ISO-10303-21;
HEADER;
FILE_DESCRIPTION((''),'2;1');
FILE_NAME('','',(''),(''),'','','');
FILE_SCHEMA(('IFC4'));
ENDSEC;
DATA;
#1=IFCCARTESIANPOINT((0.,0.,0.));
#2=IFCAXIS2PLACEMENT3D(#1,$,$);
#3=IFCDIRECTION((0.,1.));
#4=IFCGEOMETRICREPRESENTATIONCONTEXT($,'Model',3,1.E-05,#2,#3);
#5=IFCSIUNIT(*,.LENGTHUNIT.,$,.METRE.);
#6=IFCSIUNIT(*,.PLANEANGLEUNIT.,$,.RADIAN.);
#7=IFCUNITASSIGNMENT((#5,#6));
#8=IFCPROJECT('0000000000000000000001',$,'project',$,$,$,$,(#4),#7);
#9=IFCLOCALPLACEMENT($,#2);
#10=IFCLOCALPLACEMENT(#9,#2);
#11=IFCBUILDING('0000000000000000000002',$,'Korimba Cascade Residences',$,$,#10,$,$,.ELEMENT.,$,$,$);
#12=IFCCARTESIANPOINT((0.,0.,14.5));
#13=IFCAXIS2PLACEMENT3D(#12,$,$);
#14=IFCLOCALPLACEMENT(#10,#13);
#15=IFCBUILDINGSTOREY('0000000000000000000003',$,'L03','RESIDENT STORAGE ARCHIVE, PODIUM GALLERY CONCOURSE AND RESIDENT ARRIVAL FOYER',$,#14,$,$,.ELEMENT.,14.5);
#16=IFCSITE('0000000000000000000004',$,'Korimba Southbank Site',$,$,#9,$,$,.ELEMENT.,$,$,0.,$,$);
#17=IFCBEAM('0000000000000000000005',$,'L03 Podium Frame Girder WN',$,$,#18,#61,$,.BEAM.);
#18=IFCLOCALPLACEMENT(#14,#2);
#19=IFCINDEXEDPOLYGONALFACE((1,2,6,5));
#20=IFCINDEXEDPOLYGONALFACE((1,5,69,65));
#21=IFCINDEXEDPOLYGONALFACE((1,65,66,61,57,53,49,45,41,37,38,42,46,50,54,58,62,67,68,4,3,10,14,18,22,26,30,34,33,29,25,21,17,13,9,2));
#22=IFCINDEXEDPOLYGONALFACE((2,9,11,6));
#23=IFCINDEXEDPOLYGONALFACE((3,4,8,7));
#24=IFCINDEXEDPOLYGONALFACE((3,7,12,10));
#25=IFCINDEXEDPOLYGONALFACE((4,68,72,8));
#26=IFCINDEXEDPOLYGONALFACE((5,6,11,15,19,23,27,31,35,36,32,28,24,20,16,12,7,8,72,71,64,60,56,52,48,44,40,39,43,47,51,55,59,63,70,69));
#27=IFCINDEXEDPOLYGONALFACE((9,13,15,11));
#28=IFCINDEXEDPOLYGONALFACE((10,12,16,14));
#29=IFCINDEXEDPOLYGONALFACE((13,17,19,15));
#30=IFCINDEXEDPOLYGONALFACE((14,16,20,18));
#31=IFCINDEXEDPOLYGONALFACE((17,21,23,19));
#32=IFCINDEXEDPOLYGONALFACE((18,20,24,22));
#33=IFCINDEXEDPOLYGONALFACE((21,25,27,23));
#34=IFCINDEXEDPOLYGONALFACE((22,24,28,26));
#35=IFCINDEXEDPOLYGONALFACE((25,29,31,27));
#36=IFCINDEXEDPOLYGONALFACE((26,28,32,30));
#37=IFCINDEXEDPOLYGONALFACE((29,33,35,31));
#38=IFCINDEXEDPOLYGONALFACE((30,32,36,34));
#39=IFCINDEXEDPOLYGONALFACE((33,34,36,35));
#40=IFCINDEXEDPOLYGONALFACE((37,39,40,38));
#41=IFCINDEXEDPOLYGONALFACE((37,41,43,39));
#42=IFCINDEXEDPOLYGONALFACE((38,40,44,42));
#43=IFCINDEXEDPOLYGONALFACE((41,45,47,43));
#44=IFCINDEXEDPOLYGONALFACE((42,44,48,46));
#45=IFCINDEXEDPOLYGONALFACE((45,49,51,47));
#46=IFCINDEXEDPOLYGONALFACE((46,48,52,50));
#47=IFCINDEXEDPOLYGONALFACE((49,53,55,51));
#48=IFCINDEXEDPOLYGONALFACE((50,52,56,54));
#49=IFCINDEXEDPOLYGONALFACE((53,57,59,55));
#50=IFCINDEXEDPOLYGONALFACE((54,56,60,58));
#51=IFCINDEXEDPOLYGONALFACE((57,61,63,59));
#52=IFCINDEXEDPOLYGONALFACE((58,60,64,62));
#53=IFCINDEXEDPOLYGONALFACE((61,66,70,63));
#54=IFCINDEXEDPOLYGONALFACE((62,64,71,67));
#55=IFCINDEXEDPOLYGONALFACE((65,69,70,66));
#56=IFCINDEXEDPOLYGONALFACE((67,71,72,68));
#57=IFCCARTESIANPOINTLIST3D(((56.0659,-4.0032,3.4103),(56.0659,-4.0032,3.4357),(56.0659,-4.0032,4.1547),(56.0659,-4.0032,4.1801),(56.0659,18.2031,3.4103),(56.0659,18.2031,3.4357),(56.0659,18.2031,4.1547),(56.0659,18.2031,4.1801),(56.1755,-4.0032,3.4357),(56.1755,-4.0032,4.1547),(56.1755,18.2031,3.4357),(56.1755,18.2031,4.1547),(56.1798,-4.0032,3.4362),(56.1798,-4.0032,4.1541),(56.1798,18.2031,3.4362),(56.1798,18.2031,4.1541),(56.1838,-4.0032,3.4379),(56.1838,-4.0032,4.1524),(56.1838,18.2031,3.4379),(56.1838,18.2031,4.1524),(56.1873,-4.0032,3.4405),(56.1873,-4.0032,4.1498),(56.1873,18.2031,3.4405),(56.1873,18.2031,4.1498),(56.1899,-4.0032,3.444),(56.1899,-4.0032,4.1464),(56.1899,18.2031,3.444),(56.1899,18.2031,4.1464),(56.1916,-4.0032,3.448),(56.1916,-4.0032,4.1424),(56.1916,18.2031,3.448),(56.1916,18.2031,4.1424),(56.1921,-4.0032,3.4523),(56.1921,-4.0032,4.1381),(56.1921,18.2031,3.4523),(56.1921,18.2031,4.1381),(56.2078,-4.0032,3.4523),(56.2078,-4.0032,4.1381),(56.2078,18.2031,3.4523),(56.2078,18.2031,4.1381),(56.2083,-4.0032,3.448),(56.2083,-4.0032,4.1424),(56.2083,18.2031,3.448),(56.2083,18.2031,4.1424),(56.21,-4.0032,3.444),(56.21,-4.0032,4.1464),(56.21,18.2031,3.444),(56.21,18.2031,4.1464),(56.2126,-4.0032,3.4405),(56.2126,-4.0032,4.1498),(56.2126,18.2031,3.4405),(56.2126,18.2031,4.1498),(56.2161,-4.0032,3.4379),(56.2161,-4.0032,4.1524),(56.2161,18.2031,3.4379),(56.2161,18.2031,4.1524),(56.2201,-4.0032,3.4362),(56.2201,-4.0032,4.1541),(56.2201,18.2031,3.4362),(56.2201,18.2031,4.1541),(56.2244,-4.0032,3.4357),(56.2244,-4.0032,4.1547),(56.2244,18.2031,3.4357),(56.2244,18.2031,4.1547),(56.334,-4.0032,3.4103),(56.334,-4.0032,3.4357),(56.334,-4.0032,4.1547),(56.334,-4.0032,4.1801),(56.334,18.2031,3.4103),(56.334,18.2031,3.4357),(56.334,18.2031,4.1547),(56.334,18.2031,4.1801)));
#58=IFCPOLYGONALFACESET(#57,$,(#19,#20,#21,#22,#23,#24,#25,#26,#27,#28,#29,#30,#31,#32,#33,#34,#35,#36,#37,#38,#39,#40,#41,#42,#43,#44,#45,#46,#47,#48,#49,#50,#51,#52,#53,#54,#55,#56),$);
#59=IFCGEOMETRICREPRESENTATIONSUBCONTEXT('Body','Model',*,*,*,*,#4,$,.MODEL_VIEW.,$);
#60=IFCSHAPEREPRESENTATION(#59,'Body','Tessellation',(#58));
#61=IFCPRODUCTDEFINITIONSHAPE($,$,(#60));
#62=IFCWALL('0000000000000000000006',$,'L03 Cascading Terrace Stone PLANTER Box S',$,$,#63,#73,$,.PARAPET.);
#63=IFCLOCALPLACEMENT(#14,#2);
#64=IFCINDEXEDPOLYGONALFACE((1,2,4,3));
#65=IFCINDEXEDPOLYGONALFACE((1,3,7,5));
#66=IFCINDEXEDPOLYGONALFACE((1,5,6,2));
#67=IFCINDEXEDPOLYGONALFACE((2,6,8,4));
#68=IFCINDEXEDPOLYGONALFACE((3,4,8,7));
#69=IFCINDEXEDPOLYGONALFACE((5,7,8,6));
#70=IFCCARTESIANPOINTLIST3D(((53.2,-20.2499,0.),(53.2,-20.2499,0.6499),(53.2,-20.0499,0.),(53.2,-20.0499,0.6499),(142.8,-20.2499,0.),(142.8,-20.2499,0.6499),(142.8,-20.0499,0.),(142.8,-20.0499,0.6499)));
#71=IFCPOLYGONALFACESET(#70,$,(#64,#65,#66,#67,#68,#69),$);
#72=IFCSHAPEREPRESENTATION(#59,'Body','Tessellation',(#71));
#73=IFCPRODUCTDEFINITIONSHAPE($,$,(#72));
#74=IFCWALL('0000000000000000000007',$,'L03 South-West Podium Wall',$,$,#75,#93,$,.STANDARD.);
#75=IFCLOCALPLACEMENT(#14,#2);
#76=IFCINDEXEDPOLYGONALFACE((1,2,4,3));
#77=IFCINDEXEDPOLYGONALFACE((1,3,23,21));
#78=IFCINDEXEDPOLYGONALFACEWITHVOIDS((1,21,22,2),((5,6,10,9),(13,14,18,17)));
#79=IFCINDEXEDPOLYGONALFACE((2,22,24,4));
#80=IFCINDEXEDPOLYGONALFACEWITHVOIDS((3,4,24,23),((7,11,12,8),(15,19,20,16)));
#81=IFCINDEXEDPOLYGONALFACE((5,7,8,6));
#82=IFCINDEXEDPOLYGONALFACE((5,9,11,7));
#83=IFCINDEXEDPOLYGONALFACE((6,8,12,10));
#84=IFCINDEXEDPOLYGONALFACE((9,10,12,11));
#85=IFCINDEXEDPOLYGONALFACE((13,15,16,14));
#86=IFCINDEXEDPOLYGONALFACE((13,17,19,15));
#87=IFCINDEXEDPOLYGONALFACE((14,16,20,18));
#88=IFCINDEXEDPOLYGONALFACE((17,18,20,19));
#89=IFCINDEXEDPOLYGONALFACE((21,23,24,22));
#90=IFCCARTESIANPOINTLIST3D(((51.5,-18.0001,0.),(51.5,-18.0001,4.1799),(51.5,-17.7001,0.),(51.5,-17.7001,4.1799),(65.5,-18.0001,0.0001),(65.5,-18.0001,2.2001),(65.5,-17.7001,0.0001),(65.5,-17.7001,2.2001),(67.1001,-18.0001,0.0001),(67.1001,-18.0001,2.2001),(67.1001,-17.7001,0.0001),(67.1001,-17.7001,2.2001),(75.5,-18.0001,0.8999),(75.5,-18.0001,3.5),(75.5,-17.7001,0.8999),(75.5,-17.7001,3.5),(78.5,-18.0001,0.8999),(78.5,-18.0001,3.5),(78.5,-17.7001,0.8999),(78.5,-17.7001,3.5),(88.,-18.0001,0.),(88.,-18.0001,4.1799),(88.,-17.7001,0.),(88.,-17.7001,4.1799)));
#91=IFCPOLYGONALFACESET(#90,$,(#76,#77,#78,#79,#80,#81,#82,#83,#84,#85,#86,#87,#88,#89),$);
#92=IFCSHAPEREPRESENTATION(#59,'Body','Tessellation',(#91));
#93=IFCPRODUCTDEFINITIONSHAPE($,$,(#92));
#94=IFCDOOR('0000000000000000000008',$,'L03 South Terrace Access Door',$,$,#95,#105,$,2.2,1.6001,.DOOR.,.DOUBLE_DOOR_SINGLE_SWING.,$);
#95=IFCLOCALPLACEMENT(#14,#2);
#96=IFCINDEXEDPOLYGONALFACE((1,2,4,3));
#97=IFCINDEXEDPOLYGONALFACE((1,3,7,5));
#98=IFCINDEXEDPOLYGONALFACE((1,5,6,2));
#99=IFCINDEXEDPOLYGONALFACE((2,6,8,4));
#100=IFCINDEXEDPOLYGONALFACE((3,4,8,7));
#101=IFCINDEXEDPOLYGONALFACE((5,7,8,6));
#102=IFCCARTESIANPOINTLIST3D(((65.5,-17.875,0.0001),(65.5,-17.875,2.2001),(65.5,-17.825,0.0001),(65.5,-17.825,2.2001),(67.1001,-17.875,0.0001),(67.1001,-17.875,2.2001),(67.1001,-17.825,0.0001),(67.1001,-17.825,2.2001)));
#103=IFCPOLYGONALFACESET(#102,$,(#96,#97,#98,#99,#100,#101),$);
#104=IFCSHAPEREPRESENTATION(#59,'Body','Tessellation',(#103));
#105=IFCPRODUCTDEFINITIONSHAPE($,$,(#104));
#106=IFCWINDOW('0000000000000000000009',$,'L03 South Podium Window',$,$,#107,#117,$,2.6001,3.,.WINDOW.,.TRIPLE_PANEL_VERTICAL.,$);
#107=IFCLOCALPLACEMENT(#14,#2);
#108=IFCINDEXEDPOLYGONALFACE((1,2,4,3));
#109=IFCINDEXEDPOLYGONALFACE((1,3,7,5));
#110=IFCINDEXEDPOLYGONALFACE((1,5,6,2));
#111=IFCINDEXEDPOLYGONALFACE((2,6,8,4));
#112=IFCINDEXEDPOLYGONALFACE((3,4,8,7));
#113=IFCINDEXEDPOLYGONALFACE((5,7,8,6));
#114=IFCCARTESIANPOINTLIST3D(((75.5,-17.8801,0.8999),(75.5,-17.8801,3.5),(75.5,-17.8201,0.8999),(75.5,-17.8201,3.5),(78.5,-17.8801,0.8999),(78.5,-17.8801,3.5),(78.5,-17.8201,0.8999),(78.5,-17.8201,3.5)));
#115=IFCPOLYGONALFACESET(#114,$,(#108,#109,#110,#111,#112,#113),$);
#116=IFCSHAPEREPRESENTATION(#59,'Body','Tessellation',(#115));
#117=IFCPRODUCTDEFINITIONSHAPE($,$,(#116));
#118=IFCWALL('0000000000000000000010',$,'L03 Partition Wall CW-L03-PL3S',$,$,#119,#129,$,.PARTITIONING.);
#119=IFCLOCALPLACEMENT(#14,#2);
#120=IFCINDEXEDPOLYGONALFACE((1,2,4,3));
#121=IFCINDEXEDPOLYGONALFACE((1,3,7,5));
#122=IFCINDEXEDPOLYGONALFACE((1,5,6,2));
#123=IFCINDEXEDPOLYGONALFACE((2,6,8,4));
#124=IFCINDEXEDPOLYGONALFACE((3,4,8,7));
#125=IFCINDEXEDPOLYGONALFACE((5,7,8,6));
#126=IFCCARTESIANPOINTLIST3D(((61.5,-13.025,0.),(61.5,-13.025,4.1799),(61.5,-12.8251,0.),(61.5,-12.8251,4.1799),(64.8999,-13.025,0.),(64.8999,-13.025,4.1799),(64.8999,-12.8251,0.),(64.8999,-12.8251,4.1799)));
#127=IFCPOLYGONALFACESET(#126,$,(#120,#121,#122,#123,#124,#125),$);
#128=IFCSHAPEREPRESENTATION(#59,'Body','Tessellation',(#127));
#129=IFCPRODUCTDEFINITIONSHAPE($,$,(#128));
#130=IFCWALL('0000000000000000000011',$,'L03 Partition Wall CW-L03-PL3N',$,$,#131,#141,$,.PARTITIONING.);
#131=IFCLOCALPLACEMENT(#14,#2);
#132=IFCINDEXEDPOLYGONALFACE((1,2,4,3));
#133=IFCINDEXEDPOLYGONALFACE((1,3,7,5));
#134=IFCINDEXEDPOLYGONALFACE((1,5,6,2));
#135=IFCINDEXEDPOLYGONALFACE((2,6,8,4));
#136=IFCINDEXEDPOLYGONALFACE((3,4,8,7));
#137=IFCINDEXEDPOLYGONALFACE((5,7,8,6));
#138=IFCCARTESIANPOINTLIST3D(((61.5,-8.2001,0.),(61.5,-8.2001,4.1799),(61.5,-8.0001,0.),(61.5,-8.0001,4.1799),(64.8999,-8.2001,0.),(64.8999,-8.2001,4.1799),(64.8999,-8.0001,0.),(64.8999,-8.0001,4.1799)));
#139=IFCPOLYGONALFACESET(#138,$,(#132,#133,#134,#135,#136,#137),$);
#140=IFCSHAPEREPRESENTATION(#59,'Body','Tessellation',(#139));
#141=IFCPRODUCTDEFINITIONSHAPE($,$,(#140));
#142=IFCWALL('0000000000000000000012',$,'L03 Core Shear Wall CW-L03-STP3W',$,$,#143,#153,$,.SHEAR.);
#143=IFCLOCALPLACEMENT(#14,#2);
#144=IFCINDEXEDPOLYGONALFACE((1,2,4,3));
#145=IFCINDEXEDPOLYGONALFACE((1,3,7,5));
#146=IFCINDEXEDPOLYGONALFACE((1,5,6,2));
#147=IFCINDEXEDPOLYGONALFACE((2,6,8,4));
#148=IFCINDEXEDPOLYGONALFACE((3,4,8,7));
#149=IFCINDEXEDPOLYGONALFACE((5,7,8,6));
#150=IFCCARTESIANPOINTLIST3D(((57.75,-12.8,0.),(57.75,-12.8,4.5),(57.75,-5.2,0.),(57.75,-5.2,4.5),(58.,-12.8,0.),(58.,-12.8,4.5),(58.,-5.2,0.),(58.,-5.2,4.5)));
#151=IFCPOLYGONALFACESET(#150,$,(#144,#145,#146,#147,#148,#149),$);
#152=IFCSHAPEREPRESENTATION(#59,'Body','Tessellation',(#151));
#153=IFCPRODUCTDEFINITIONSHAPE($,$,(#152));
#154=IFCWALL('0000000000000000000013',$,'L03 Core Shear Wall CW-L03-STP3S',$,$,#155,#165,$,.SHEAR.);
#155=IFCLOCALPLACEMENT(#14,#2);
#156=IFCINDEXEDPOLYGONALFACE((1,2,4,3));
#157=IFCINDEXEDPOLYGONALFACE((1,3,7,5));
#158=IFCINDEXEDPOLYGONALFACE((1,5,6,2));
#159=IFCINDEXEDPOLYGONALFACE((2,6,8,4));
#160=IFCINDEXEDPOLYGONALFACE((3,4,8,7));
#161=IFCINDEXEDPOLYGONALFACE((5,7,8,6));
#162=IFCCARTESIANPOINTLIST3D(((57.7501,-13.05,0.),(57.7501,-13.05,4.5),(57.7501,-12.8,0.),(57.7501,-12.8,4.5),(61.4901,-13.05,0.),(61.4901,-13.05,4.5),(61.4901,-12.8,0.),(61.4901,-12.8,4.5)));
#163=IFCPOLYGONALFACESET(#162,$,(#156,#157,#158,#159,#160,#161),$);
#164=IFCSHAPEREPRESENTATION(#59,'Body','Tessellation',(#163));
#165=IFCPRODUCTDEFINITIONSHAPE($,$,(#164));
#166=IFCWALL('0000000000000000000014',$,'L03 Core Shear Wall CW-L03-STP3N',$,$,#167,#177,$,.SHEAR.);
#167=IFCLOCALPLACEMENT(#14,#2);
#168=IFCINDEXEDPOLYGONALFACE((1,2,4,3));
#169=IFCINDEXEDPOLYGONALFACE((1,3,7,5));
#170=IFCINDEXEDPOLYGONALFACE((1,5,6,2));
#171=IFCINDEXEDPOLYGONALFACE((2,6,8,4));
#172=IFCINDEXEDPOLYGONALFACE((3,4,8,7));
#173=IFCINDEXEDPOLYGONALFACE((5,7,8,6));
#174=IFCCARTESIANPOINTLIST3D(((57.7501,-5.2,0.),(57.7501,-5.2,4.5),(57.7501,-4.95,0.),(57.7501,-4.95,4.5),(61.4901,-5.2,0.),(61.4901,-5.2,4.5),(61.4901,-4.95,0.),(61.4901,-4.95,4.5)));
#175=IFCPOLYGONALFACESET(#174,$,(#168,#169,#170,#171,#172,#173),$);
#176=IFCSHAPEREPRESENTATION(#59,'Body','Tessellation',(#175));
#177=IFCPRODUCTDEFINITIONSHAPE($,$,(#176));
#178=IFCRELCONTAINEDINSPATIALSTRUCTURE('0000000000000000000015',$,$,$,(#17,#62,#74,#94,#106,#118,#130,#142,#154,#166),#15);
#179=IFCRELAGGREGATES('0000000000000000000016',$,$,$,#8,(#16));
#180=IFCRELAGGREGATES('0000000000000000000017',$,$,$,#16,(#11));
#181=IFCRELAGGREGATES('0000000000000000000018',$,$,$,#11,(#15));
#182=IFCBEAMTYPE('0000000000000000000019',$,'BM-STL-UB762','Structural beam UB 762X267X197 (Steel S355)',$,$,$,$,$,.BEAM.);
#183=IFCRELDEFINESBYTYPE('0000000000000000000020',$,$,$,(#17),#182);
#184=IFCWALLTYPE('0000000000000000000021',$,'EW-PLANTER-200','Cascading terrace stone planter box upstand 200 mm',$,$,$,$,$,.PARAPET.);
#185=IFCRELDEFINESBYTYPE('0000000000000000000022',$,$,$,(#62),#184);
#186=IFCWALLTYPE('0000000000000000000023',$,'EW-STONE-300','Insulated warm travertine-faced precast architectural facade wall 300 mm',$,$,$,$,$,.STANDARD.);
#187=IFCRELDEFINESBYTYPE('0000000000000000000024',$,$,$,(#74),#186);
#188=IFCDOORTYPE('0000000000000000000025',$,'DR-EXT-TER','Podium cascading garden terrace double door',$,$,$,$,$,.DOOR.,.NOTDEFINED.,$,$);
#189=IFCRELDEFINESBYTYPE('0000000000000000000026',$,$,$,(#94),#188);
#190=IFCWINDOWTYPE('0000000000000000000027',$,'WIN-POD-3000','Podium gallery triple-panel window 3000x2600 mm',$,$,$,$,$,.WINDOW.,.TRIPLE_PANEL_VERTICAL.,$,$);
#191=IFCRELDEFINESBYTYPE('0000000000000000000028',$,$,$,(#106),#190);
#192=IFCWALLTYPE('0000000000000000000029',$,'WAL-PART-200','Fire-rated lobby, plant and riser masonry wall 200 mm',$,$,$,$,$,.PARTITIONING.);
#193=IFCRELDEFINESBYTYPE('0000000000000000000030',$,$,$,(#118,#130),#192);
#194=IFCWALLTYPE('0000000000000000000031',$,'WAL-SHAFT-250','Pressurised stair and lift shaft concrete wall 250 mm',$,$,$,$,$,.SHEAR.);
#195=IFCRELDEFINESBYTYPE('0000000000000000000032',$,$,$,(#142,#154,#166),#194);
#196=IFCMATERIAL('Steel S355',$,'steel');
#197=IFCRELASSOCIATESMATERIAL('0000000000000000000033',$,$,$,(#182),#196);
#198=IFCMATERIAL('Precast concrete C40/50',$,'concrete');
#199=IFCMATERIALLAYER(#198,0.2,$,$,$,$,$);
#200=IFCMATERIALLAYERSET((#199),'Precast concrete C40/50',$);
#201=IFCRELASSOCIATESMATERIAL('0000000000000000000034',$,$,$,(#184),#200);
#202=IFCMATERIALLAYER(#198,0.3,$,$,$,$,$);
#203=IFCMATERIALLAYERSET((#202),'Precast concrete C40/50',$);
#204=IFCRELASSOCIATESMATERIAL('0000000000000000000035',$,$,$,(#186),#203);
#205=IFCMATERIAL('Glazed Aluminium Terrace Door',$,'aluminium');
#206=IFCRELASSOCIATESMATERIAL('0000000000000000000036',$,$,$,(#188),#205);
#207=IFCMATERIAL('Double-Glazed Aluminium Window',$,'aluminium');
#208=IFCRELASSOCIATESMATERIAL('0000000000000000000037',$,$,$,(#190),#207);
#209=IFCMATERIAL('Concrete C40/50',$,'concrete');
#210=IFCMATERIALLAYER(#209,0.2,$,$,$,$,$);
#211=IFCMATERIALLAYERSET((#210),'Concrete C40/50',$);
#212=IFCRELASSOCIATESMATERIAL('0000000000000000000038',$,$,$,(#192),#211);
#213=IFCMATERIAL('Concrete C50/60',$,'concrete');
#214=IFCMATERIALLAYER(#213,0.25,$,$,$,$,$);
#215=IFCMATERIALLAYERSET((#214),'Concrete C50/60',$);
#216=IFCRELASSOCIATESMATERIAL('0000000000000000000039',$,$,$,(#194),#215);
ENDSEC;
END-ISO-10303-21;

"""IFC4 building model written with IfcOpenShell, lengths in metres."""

from ifc_helpers import new_model, si_unit, direction, frame, frame_2d, origin, origin_2d, place, context, subcontext, project, spatial, rectangle, i_section, extrude, material, layer, layer_set, material_profile, profile_set, type_object, element, fill, save


model = new_model("IFC4")

# Units and contexts
model_context = context("Model", 3, precision=1e-05, world=origin(), true_north=direction((0.0, 1.0)))
body_context = subcontext(model_context, "Body", "Model", "MODEL_VIEW")
ifc_project = project(units=[si_unit("LENGTHUNIT", "METRE"), si_unit("PLANEANGLEUNIT", "RADIAN")], contexts=[model_context])

# Site, building, storey
site_placement = place(None, origin())
site = spatial("IfcSite", under=ifc_project, at=site_placement, Name="Korimba Southbank Site", CompositionType="ELEMENT", RefElevation=0.0)
building_placement = place(site_placement, origin())
building = spatial("IfcBuilding", under=site, at=building_placement, Name="Korimba Cascade Residences", CompositionType="ELEMENT")
storey_placement = place(building_placement, frame((0.0, 0.0, 14.5)))
storey = spatial("IfcBuildingStorey", under=building, at=storey_placement, Name="L03", Description="RESIDENT STORAGE ARCHIVE, PODIUM GALLERY CONCOURSE AND RESIDENT ARRIVAL FOYER", CompositionType="ELEMENT", Elevation=14.5)

# Shared definitions
ifc_material_1 = material(Name="Steel S355", Category="steel")

# Beam
ifc_material_profile_1 = material_profile(ifc_material_1, i_section(OverallWidth=0.2681, OverallDepth=0.7698, WebThickness=0.0156, FlangeThickness=0.0254, FilletRadius=0.0166, at=origin_2d()), Name="Steel S355")
ifc_profile_set_1 = profile_set([ifc_material_profile_1], Name="Steel S355")
beam_type = type_object("IfcBeamType", Name="BM-STL-UB762", Description="Structural beam UB 762X267X197 (Steel S355)", PredefinedType="BEAM", material=ifc_profile_set_1)
beam_placement = place(storey_placement, frame((56.2, -4.0032, 3.7952), z_axis=(0.0, 1.0, 0.0), x_axis=(-1.0, 0.0, 0.0)))
element("IfcBeam", 1, at=beam_placement, inside=storey, type_object=beam_type, Name="L03 Podium Frame Girder WN", PredefinedType="BEAM", context=body_context, shape_type="SweptSolid", body=[
    extrude(i_section(OverallWidth=0.2681, OverallDepth=0.7698, WebThickness=0.0156, FlangeThickness=0.0254, FilletRadius=0.0166, at=origin_2d()), origin(), (0.0, 0.0, 1.0), 22.2063),
])

# Wall
ifc_material_2 = material(Name="Precast concrete C40/50", Category="concrete")
ifc_layer_1 = layer(ifc_material_2, 0.2)
ifc_layer_set_1 = layer_set([ifc_layer_1], Name="Precast concrete C40/50")
wall_type_1 = type_object("IfcWallType", Name="EW-PLANTER-200", Description="Cascading terrace stone planter box upstand 200 mm", PredefinedType="PARAPET", material=ifc_layer_set_1)
wall_1_placement = place(storey_placement, frame((53.2, -20.1499, 0.0), z_axis=(0.0, 0.0, 1.0), x_axis=(1.0, 0.0, 0.0)))
element("IfcWall", 2, at=wall_1_placement, inside=storey, type_object=wall_type_1, Name="L03 Cascading Terrace Stone PLANTER Box S", PredefinedType="PARAPET", context=body_context, shape_type="SweptSolid", body=[
    extrude(rectangle(XDim=89.6001, YDim=0.2, at=frame_2d((44.8, 0.0))), origin(), (0.0, 0.0, 1.0), 0.6499),
])

# Wall, openings, door, window
ifc_layer_2 = layer(ifc_material_2, 0.3)
ifc_layer_set_2 = layer_set([ifc_layer_2], Name="Precast concrete C40/50")
wall_type_2 = type_object("IfcWallType", Name="EW-STONE-300", Description="Insulated warm travertine-faced precast architectural facade wall 300 mm", PredefinedType="STANDARD", material=ifc_layer_set_2)
wall_2_placement = place(storey_placement, frame((51.5, -17.8501, 0.0), z_axis=(0.0, 0.0, 1.0), x_axis=(1.0, 0.0, 0.0)))
wall_2 = element("IfcWall", 3, at=wall_2_placement, inside=storey, type_object=wall_type_2, Name="L03 South-West Podium Wall", PredefinedType="STANDARD", context=body_context, shape_type="SweptSolid", body=[
    extrude(rectangle(XDim=36.5, YDim=0.3, at=frame_2d((18.25, 0.0))), origin(), (0.0, 0.0, 1.0), 4.1799),
])
opening_1_placement = place(wall_2_placement, frame((14.0, 0.0, 0.0)))
opening_1 = element("IfcOpeningElement", 4, at=opening_1_placement, cuts=wall_2, PredefinedType="OPENING", context=body_context, shape_type="SweptSolid", body=[
    extrude(rectangle(XDim=1.6001, YDim=2.2, at=frame_2d((0.8, 1.1001))), frame((0.0, 0.1602, 0.0), z_axis=(0.0, -1.0, 0.0), x_axis=(1.0, 0.0, 0.0)), (0.0, 0.0, 1.0), 0.3201),
])
opening_2_placement = place(wall_2_placement, frame((24.0, 0.0, 0.8999)))
opening_2 = element("IfcOpeningElement", 5, at=opening_2_placement, cuts=wall_2, PredefinedType="OPENING", context=body_context, shape_type="SweptSolid", body=[
    extrude(rectangle(XDim=3.0, YDim=2.6001, at=frame_2d((1.5, 1.3))), frame((0.0, 0.1602, 0.0), z_axis=(0.0, -1.0, 0.0), x_axis=(1.0, 0.0, 0.0)), (0.0, 0.0, 1.0), 0.3201),
])
ifc_material_3 = material(Name="Glazed Aluminium Terrace Door", Category="aluminium")
door_type_1 = type_object("IfcDoorType", Name="DR-EXT-TER", Description="Podium cascading garden terrace double door", OperationType="NOTDEFINED", PredefinedType="DOOR", material=ifc_material_3)
door_1_placement = place(opening_1_placement, frame((1.6001, 0.0, 0.0), z_axis=(0.0, 0.0, 1.0), x_axis=(-1.0, 0.0, 0.0)))
door_1 = element("IfcDoor", 6, at=door_1_placement, inside=storey, type_object=door_type_1, Name="L03 South Terrace Access Door", OperationType="DOUBLE_DOOR_SINGLE_SWING", OverallHeight=2.2, OverallWidth=1.6001, PredefinedType="DOOR", context=body_context, shape_type="SweptSolid", body=[
    extrude(rectangle(XDim=1.6001, YDim=2.2, at=frame_2d((0.8, 1.1001))), frame((0.0, 0.0249, 0.0), z_axis=(0.0, -1.0, 0.0), x_axis=(1.0, 0.0, 0.0)), (0.0, 0.0, 1.0), 0.05),
])
fill(opening_1, door_1)
ifc_material_4 = material(Name="Double-Glazed Aluminium Window", Category="aluminium")
window_type = type_object("IfcWindowType", Name="WIN-POD-3000", Description="Podium gallery triple-panel window 3000x2600 mm", PartitioningType="TRIPLE_PANEL_VERTICAL", PredefinedType="WINDOW", material=ifc_material_4)
window_placement = place(opening_2_placement, origin())
window = element("IfcWindow", 7, at=window_placement, inside=storey, type_object=window_type, Name="L03 South Podium Window", OverallHeight=2.6001, OverallWidth=3.0, PartitioningType="TRIPLE_PANEL_VERTICAL", PredefinedType="WINDOW", context=body_context, shape_type="SweptSolid", body=[
    extrude(rectangle(XDim=3.0, YDim=2.6001, at=frame_2d((1.5, 1.3))), frame((0.0, 0.03, 0.0), z_axis=(0.0, -1.0, 0.0), x_axis=(1.0, 0.0, 0.0)), (0.0, 0.0, 1.0), 0.0601),
])
fill(opening_2, window)

# Shared definitions
ifc_material_5 = material(Name="Concrete C40/50", Category="concrete")
ifc_layer_3 = layer(ifc_material_5, 0.2)
ifc_layer_set_3 = layer_set([ifc_layer_3], Name="Concrete C40/50")
wall_type_3 = type_object("IfcWallType", Name="WAL-PART-200", Description="Fire-rated lobby, plant and riser masonry wall 200 mm", PredefinedType="PARTITIONING", material=ifc_layer_set_3)

# Walls
for number, where, z_axis, x_axis, name in (
    (8, (61.5, -12.925, 0.0), (0.0, 0.0, 1.0), (1.0, 0.0, 0.0), "L03 Partition Wall CW-L03-PL3S"),
    (9, (61.5, -8.1001, 0.0), (0.0, 0.0, 1.0), (1.0, 0.0, 0.0), "L03 Partition Wall CW-L03-PL3N"),
):
    element("IfcWall", number, at=place(storey_placement, frame(where, z_axis=z_axis, x_axis=x_axis)), inside=storey, type_object=wall_type_3, Name=name, PredefinedType="PARTITIONING", context=body_context, shape_type="SweptSolid", body=[
        extrude(rectangle(XDim=3.3999, YDim=0.2, at=frame_2d((1.7, 0.0))), origin(), (0.0, 0.0, 1.0), 4.1799),
    ])
ifc_material_6 = material(Name="Concrete C50/60", Category="concrete")
ifc_layer_4 = layer(ifc_material_6, 0.25)
ifc_layer_set_4 = layer_set([ifc_layer_4], Name="Concrete C50/60")
wall_type_4 = type_object("IfcWallType", Name="WAL-SHAFT-250", Description="Pressurised stair and lift shaft concrete wall 250 mm", PredefinedType="SHEAR", material=ifc_layer_set_4)
wall_3_placement = place(storey_placement, frame((57.875, -12.8, 0.0), z_axis=(0.0, 0.0, 1.0), x_axis=(0.0, 1.0, 0.0)))
element("IfcWall", 10, at=wall_3_placement, inside=storey, type_object=wall_type_4, Name="L03 Core Shear Wall CW-L03-STP3W", PredefinedType="SHEAR", context=body_context, shape_type="SweptSolid", body=[
    extrude(rectangle(XDim=7.6001, YDim=0.25, at=frame_2d((3.8, 0.0))), origin(), (0.0, 0.0, 1.0), 4.5),
])
for number, where, z_axis, x_axis, name in (
    (11, (57.75, -12.925, 0.0), (0.0, 0.0, 1.0), (1.0, 0.0, 0.0), "L03 Core Shear Wall CW-L03-STP3S"),
    (12, (57.75, -5.075, 0.0), (0.0, 0.0, 1.0), (1.0, 0.0, 0.0), "L03 Core Shear Wall CW-L03-STP3N"),
):
    element("IfcWall", number, at=place(storey_placement, frame(where, z_axis=z_axis, x_axis=x_axis)), inside=storey, type_object=wall_type_4, Name=name, PredefinedType="SHEAR", context=body_context, shape_type="SweptSolid", body=[
        extrude(rectangle(XDim=3.74, YDim=0.25, at=frame_2d((1.8701, 0.0))), origin(), (0.0, 0.0, 1.0), 4.5),
    ])

save(model, "model.ifc")
